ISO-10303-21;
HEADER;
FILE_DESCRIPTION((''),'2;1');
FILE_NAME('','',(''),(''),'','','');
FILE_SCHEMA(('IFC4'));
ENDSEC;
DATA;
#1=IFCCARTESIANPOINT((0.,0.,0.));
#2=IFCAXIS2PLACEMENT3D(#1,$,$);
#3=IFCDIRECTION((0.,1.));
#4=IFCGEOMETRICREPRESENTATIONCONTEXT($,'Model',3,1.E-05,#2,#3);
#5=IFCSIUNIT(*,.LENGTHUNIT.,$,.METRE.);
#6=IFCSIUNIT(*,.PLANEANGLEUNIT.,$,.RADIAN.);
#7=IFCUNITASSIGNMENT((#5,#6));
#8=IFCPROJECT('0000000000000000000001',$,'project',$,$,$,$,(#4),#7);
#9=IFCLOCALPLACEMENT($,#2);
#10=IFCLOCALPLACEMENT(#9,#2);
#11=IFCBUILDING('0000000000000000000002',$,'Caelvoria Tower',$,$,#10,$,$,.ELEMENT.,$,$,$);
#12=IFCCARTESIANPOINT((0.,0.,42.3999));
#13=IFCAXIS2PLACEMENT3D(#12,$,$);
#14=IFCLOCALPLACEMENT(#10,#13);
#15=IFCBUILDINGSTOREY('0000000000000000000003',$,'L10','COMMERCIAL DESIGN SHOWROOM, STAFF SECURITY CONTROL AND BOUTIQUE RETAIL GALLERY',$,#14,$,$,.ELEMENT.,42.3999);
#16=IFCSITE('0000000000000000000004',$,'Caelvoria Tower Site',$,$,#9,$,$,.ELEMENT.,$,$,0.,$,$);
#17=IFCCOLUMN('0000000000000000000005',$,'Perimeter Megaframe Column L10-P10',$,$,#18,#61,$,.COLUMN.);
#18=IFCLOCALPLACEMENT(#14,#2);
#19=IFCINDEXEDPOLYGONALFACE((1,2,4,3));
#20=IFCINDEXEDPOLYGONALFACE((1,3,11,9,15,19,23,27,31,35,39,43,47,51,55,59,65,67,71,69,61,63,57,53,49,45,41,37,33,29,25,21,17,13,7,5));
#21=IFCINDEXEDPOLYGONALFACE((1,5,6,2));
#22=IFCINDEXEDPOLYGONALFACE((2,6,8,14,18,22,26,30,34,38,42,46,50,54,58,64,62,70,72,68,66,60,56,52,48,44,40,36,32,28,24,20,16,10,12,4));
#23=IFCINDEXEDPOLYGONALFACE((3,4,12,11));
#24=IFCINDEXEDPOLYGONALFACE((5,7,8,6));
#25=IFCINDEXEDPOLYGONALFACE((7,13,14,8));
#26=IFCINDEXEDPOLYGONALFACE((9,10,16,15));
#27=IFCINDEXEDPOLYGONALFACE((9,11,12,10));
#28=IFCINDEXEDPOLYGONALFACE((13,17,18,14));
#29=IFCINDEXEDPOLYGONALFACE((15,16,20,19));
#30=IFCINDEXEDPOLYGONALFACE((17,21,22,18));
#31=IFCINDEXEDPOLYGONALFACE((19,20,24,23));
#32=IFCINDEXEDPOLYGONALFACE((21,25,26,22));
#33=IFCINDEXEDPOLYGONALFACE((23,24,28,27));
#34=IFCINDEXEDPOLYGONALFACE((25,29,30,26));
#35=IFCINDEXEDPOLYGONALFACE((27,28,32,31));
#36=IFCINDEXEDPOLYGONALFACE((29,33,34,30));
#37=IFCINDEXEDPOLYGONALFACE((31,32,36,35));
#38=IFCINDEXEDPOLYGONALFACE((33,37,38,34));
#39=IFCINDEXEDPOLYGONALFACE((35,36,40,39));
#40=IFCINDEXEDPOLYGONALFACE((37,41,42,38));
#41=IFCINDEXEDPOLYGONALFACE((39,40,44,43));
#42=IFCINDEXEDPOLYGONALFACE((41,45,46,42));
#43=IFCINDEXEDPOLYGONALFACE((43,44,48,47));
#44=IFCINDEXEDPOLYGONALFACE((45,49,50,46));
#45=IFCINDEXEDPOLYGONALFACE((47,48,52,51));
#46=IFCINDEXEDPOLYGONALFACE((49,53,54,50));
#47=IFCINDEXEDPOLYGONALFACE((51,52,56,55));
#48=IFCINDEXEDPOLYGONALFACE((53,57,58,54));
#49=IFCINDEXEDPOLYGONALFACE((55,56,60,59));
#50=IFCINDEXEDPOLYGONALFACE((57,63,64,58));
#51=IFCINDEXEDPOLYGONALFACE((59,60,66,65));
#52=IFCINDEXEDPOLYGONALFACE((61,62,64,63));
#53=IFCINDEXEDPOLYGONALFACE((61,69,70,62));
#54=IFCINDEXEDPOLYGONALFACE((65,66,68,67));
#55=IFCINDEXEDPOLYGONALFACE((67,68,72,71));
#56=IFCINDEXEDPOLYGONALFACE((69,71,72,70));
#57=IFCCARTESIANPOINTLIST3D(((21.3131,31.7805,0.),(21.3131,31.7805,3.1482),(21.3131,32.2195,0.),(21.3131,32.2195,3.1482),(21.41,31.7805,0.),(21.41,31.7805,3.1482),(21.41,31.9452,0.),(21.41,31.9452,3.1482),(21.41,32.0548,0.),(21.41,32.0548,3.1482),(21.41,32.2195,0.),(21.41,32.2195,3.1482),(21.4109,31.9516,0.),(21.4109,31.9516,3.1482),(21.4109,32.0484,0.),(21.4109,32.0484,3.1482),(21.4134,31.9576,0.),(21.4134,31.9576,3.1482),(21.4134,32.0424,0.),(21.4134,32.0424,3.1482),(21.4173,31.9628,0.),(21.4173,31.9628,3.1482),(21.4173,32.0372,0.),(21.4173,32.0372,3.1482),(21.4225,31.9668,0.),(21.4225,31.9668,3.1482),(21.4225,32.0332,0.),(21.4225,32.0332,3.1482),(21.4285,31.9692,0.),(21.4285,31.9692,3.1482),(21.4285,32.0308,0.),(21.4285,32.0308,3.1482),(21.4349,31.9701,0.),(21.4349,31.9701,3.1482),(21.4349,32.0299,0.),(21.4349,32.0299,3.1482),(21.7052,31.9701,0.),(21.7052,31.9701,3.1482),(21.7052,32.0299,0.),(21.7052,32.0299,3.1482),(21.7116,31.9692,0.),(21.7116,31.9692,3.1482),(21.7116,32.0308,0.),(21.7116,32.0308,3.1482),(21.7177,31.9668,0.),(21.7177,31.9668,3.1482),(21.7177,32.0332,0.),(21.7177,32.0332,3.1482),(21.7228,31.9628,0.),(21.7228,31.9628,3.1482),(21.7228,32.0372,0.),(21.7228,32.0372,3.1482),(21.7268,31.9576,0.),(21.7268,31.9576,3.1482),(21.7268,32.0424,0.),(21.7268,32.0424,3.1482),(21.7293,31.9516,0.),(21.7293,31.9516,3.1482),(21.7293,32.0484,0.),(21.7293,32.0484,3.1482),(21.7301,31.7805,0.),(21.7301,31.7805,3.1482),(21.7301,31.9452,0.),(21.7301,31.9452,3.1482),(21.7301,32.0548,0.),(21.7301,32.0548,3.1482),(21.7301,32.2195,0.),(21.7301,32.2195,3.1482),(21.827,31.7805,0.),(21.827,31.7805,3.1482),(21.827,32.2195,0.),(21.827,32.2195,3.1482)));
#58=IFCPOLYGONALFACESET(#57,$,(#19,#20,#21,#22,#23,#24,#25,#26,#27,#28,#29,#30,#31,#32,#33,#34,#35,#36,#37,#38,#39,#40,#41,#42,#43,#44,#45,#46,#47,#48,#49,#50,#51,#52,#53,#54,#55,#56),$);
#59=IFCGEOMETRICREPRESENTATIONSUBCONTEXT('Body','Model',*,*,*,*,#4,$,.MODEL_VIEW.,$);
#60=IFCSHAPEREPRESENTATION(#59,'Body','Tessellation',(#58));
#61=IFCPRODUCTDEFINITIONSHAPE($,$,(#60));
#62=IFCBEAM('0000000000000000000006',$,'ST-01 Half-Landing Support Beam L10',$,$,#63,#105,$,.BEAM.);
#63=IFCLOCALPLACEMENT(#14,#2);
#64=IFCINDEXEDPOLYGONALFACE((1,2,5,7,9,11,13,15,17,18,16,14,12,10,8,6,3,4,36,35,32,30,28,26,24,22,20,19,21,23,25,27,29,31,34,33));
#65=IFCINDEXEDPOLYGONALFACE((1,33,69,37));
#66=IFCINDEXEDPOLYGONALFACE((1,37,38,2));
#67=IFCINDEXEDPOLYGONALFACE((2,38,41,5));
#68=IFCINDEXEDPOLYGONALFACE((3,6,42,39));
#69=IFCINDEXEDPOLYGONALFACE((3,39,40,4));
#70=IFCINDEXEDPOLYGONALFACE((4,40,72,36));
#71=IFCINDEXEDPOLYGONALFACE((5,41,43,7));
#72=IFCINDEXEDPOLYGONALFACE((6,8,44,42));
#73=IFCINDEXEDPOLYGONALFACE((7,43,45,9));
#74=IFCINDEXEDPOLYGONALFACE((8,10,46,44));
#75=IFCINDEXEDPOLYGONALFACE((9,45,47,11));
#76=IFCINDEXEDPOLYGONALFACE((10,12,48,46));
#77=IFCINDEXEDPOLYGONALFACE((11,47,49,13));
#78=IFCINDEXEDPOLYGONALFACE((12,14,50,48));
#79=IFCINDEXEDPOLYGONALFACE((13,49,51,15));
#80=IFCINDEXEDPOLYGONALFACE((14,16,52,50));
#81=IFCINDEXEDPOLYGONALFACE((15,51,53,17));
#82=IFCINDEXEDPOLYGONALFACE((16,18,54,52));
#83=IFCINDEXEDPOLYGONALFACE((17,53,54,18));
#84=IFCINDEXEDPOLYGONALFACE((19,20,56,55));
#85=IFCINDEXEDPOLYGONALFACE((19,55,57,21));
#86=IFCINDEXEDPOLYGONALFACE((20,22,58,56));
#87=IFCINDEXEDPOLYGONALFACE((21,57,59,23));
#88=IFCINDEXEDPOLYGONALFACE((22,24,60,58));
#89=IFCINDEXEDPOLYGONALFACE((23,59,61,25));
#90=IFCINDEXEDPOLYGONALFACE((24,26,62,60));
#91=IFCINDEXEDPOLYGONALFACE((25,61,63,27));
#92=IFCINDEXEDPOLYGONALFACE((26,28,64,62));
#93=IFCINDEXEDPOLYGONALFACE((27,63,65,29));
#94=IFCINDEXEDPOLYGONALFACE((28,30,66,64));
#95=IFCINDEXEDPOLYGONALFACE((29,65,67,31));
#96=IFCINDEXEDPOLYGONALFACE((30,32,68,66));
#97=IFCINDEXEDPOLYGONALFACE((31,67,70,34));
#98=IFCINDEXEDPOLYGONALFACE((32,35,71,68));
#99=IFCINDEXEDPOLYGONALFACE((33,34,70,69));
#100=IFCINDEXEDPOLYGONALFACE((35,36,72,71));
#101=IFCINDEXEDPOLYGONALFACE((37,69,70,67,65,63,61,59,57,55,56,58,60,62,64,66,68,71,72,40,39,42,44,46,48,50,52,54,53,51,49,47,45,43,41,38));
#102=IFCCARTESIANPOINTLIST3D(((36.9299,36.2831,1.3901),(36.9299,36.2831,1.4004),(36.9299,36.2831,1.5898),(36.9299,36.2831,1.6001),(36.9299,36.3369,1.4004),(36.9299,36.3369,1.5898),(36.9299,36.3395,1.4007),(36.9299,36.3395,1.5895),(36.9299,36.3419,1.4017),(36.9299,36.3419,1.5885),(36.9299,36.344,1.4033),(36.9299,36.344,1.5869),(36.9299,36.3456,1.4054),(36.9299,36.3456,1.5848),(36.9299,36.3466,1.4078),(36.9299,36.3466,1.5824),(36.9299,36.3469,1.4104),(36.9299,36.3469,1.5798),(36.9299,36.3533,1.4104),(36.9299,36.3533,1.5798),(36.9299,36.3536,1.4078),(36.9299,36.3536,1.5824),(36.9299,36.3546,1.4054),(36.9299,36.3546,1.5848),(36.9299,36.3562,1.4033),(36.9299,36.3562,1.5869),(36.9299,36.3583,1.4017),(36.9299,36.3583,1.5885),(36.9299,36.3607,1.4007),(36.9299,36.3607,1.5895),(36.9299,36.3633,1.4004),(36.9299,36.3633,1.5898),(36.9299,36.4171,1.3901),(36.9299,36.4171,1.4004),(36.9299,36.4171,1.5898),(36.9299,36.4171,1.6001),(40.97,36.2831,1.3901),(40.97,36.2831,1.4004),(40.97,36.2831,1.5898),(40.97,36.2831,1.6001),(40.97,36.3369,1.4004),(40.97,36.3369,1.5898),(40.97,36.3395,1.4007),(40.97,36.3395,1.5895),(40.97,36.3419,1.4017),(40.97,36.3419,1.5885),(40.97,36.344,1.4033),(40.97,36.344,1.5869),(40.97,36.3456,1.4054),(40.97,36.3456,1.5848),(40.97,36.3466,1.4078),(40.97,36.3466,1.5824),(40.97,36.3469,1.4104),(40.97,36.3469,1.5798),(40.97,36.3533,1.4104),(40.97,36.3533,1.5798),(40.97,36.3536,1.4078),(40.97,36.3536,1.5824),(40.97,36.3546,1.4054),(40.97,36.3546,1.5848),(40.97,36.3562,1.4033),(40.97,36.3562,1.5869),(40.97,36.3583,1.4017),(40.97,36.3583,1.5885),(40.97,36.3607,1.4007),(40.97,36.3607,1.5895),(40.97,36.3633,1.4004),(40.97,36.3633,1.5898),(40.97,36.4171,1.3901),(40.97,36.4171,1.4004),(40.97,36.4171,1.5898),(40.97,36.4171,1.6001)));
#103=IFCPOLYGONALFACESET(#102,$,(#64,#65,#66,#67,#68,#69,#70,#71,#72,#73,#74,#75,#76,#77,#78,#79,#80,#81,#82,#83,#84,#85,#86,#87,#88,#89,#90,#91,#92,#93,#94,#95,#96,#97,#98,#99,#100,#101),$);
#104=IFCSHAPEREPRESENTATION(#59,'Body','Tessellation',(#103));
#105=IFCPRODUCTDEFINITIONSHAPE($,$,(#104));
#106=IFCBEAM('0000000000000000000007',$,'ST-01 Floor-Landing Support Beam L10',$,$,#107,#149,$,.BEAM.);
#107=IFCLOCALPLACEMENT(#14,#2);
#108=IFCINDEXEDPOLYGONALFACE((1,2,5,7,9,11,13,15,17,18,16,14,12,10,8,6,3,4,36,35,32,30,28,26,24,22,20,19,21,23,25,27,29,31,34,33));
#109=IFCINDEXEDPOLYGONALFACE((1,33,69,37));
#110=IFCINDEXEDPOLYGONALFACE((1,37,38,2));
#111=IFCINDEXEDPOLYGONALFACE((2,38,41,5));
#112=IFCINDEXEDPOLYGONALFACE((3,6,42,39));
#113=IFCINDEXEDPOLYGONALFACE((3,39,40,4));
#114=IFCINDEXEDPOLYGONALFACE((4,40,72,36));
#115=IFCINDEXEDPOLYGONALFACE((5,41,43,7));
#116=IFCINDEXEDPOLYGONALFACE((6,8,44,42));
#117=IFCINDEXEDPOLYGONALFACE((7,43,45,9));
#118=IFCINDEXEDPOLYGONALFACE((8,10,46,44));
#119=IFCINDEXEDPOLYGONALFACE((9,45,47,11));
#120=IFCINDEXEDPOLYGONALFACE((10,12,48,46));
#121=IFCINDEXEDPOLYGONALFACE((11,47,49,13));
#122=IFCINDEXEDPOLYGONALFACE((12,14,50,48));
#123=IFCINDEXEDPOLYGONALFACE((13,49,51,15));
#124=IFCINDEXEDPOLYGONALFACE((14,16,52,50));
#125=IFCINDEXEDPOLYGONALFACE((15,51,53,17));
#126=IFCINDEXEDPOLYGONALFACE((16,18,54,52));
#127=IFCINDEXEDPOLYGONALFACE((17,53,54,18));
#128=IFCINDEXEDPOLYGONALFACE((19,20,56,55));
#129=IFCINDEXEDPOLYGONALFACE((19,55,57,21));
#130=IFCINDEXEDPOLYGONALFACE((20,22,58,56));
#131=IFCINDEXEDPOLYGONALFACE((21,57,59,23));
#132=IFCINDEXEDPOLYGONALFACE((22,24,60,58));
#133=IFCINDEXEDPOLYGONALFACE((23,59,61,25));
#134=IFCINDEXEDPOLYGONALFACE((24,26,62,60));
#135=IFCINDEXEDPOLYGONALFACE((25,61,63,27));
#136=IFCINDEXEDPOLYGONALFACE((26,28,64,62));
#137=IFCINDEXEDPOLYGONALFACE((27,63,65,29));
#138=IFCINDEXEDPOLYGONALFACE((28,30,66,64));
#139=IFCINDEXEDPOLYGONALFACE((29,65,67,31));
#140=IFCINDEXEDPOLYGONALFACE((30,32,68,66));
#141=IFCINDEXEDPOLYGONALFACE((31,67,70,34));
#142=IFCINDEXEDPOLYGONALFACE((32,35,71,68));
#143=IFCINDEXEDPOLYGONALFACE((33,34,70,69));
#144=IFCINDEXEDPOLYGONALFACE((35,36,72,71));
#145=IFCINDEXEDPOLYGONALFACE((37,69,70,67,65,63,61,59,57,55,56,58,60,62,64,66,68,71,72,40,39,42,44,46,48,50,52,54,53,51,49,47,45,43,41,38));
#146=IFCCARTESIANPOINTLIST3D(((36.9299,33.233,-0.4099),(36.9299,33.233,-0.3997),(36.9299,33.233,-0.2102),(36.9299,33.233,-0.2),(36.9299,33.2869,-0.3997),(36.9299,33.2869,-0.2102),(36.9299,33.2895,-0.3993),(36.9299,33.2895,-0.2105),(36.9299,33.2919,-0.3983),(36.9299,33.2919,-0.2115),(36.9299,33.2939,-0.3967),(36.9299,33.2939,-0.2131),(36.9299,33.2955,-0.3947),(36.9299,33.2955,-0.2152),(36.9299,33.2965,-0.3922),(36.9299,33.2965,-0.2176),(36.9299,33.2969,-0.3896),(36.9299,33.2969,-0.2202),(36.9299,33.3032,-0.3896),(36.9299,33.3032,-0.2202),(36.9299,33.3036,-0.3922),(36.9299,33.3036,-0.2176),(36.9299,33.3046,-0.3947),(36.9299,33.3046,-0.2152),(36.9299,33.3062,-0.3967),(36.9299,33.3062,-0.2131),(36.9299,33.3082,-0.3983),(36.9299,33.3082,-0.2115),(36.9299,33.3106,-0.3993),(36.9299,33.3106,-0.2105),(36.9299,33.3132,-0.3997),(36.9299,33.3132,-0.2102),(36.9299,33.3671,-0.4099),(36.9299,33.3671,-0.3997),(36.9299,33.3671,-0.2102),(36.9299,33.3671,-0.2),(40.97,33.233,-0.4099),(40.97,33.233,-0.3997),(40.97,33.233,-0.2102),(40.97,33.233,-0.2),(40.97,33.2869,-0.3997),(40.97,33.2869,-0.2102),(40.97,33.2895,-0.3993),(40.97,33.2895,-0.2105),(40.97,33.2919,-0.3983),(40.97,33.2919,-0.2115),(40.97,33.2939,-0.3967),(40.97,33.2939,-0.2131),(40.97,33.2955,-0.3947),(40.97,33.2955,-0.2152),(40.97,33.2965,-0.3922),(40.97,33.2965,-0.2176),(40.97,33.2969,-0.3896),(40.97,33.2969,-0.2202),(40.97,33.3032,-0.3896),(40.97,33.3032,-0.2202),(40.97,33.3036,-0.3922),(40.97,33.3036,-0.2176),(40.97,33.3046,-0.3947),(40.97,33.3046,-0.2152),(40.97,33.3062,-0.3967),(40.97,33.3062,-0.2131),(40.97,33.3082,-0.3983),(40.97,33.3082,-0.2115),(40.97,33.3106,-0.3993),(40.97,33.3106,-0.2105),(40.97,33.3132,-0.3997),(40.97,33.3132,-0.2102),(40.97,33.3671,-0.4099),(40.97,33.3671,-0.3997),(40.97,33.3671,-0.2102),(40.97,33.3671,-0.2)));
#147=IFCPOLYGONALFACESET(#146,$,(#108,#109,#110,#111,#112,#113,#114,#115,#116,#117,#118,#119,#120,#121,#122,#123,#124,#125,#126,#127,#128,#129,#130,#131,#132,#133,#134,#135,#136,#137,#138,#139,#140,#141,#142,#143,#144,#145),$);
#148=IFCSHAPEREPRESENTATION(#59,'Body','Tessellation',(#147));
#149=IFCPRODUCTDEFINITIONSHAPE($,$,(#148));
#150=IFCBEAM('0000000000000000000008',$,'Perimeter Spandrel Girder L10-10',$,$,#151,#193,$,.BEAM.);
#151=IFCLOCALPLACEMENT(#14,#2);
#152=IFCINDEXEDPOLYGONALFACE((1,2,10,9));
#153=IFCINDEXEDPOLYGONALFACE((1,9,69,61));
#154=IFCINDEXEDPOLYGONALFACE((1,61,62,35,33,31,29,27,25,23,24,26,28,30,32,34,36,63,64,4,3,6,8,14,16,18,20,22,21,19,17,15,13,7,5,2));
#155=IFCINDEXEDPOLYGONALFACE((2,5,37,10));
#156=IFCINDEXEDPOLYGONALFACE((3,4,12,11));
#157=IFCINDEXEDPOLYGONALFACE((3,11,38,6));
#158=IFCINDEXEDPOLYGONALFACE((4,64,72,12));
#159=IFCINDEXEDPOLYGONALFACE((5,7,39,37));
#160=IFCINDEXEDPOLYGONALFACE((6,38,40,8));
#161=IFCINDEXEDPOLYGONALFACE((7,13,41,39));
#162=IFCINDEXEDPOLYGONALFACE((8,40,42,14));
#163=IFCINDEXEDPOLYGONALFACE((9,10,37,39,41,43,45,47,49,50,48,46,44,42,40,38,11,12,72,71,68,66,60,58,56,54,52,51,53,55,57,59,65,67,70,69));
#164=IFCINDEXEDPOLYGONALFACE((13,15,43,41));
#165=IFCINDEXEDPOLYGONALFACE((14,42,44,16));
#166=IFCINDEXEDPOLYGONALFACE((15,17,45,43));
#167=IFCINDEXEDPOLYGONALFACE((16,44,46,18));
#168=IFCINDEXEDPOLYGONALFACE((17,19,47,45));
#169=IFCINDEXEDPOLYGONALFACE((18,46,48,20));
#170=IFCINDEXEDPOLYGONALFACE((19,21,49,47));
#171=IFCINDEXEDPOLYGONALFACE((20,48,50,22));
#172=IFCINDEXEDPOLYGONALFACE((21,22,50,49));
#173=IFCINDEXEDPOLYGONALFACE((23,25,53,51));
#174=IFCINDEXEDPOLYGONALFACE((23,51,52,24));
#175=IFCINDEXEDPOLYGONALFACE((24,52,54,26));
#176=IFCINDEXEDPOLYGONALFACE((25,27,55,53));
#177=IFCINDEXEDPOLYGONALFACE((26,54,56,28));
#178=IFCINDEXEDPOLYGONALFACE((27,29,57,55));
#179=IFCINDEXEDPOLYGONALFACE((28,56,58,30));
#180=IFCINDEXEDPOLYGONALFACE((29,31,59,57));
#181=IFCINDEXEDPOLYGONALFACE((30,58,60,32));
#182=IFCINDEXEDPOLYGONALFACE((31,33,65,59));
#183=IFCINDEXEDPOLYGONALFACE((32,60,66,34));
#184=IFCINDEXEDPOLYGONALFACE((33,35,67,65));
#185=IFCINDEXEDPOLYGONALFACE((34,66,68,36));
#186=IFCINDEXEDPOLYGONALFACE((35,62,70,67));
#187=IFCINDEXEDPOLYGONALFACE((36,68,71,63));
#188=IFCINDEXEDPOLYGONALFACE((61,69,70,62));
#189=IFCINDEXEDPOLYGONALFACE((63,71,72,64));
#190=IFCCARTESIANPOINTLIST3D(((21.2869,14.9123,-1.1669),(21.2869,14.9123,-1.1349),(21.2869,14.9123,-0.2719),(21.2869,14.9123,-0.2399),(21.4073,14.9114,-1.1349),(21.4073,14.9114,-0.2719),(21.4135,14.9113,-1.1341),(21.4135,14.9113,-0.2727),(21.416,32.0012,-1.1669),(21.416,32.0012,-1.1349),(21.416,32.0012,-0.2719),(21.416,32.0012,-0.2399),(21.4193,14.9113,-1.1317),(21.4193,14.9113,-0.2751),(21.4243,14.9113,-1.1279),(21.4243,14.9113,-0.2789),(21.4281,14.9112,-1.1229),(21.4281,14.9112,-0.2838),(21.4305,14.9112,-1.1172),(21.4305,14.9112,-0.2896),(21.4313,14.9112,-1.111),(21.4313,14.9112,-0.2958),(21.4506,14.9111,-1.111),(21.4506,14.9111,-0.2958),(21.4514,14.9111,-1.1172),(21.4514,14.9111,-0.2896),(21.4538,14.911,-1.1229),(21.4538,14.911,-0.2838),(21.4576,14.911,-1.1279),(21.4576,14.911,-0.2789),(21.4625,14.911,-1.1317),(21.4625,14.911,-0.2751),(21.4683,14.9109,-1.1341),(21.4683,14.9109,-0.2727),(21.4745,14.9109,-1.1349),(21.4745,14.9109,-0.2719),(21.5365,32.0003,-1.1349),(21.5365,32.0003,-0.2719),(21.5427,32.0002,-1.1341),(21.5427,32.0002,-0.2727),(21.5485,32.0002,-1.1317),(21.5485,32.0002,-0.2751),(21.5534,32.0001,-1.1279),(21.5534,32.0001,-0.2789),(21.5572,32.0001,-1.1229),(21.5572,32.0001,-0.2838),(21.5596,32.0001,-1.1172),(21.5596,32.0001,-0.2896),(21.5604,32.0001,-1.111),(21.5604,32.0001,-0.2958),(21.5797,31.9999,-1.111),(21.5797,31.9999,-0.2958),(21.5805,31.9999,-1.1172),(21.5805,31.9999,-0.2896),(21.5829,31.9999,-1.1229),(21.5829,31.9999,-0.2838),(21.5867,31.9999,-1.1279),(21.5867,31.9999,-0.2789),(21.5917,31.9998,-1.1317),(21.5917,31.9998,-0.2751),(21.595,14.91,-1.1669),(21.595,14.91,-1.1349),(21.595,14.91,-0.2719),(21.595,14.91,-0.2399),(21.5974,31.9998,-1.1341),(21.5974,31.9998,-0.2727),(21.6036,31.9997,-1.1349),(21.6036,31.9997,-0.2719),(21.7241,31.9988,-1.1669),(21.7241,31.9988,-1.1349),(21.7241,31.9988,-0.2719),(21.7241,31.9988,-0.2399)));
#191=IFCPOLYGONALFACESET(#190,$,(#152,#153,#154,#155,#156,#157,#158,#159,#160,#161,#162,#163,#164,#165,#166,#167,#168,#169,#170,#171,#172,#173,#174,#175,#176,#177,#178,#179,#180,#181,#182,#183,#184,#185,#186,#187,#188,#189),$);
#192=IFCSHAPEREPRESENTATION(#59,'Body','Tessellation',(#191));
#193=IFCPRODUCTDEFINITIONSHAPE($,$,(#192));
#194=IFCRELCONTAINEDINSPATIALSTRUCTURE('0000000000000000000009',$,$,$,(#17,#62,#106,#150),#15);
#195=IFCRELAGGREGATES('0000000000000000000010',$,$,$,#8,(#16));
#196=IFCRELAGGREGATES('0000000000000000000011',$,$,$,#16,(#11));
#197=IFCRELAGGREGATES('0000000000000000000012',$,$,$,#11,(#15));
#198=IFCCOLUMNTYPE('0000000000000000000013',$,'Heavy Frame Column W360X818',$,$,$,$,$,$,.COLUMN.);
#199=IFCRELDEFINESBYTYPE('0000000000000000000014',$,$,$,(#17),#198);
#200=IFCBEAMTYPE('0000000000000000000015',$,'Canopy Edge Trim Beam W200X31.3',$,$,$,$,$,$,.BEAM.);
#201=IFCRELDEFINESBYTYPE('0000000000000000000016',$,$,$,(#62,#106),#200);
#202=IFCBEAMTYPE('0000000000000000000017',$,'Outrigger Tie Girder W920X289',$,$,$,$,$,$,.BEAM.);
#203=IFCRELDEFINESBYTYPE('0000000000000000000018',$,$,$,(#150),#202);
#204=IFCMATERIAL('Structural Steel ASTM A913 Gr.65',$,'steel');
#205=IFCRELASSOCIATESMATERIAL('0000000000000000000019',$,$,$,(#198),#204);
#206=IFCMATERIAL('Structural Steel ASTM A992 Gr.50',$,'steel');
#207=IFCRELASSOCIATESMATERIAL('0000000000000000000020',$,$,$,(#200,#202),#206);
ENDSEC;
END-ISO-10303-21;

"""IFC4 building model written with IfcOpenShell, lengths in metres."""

from ifc_helpers import new_model, si_unit, direction, frame, origin, origin_2d, place, context, subcontext, project, spatial, i_section, extrude, material, material_profile, profile_set, type_object, element, save


model = new_model("IFC4")

# Units and contexts
model_context = context("Model", 3, precision=1e-05, world=origin(), true_north=direction((0.0, 1.0)))
body_context = subcontext(model_context, "Body", "Model", "MODEL_VIEW")
ifc_project = project(units=[si_unit("LENGTHUNIT", "METRE"), si_unit("PLANEANGLEUNIT", "RADIAN")], contexts=[model_context])

# Site, building, storey
site_placement = place(None, origin())
site = spatial("IfcSite", under=ifc_project, at=site_placement, Name="Caelvoria Tower Site", CompositionType="ELEMENT", RefElevation=0.0)
building_placement = place(site_placement, origin())
building = spatial("IfcBuilding", under=site, at=building_placement, Name="Caelvoria Tower", CompositionType="ELEMENT")
storey_placement = place(building_placement, frame((0.0, 0.0, 42.3999)))
storey = spatial("IfcBuildingStorey", under=building, at=storey_placement, Name="L10", Description="COMMERCIAL DESIGN SHOWROOM, STAFF SECURITY CONTROL AND BOUTIQUE RETAIL GALLERY", CompositionType="ELEMENT", Elevation=42.3999)

# Column
ifc_material_1 = material(Name="Structural Steel ASTM A913 Gr.65", Category="steel")
ifc_material_profile_1 = material_profile(ifc_material_1, i_section(OverallWidth=0.439, OverallDepth=0.5139, WebThickness=0.0598, FlangeThickness=0.0969, FilletRadius=0.0249, at=origin_2d()), Name="Structural Steel ASTM A913 Gr.65")
ifc_profile_set_1 = profile_set([ifc_material_profile_1], Name="W360X818 - Structural Steel ASTM A913 Gr.65")
column_type = type_object("IfcColumnType", Name="Heavy Frame Column W360X818", PredefinedType="COLUMN", material=ifc_profile_set_1)
column_placement = place(storey_placement, frame((21.5701, 32.0, 0.0), z_axis=(0.0, 0.0, 1.0), x_axis=(0.0, 1.0, 0.0)))
element("IfcColumn", 1, at=column_placement, inside=storey, type_object=column_type, Name="Perimeter Megaframe Column L10-P10", PredefinedType="COLUMN", context=body_context, shape_type="SweptSolid", body=[
    extrude(i_section(OverallWidth=0.439, OverallDepth=0.5139, WebThickness=0.0598, FlangeThickness=0.0969, FilletRadius=0.0249, at=origin_2d()), origin(), (0.0, 0.0, 1.0), 3.1482),
])

# Beams
ifc_material_2 = material(Name="Structural Steel ASTM A992 Gr.50", Category="steel")
ifc_material_profile_2 = material_profile(ifc_material_2, i_section(OverallWidth=0.134, OverallDepth=0.21, WebThickness=0.0063, FlangeThickness=0.0103, FilletRadius=0.01, at=origin_2d()), Name="Structural Steel ASTM A992 Gr.50")
ifc_profile_set_2 = profile_set([ifc_material_profile_2], Name="W200X31.3 - Structural Steel ASTM A992 Gr.50")
beam_type_1 = type_object("IfcBeamType", Name="Canopy Edge Trim Beam W200X31.3", PredefinedType="BEAM", material=ifc_profile_set_2)
for number, where, z_axis, x_axis, name in (
    (2, (36.9299, 36.3501, 1.4951), (1.0, 0.0, 0.0), (0.0, 1.0, 0.0), "ST-01 Half-Landing Support Beam L10"),
    (3, (36.9299, 33.3, -0.3049), (1.0, 0.0, 0.0), (0.0, 1.0, 0.0), "ST-01 Floor-Landing Support Beam L10"),
):
    element("IfcBeam", number, at=place(storey_placement, frame(where, z_axis=z_axis, x_axis=x_axis)), inside=storey, type_object=beam_type_1, Name=name, PredefinedType="BEAM", context=body_context, shape_type="SweptSolid", body=[
        extrude(i_section(OverallWidth=0.134, OverallDepth=0.21, WebThickness=0.0063, FlangeThickness=0.0103, FilletRadius=0.01, at=origin_2d()), origin(), (0.0, 0.0, 1.0), 4.04),
    ])
ifc_material_profile_3 = material_profile(ifc_material_2, i_section(OverallWidth=0.3081, OverallDepth=0.927, WebThickness=0.0193, FlangeThickness=0.032, FilletRadius=0.0239, at=origin_2d()), Name="Structural Steel ASTM A992 Gr.50")
ifc_profile_set_3 = profile_set([ifc_material_profile_3], Name="W920X289 - Structural Steel ASTM A992 Gr.50")
beam_type_2 = type_object("IfcBeamType", Name="Outrigger Tie Girder W920X289", PredefinedType="BEAM", material=ifc_profile_set_3)
beam_1_placement = place(storey_placement, frame((21.5701, 32.0, -0.7034), z_axis=(-0.007557, -0.999971, 0.0), x_axis=(0.999971, -0.007557, 0.0)))
element("IfcBeam", 4, at=beam_1_placement, inside=storey, type_object=beam_type_2, Name="Perimeter Spandrel Girder L10-10", PredefinedType="BEAM", context=body_context, shape_type="SweptSolid", body=[
    extrude(i_section(OverallWidth=0.3081, OverallDepth=0.927, WebThickness=0.0193, FlangeThickness=0.032, FilletRadius=0.0239, at=origin_2d()), origin(), (0.0, 0.0, 1.0), 17.0894),
])

save(model, "model.ifc")
